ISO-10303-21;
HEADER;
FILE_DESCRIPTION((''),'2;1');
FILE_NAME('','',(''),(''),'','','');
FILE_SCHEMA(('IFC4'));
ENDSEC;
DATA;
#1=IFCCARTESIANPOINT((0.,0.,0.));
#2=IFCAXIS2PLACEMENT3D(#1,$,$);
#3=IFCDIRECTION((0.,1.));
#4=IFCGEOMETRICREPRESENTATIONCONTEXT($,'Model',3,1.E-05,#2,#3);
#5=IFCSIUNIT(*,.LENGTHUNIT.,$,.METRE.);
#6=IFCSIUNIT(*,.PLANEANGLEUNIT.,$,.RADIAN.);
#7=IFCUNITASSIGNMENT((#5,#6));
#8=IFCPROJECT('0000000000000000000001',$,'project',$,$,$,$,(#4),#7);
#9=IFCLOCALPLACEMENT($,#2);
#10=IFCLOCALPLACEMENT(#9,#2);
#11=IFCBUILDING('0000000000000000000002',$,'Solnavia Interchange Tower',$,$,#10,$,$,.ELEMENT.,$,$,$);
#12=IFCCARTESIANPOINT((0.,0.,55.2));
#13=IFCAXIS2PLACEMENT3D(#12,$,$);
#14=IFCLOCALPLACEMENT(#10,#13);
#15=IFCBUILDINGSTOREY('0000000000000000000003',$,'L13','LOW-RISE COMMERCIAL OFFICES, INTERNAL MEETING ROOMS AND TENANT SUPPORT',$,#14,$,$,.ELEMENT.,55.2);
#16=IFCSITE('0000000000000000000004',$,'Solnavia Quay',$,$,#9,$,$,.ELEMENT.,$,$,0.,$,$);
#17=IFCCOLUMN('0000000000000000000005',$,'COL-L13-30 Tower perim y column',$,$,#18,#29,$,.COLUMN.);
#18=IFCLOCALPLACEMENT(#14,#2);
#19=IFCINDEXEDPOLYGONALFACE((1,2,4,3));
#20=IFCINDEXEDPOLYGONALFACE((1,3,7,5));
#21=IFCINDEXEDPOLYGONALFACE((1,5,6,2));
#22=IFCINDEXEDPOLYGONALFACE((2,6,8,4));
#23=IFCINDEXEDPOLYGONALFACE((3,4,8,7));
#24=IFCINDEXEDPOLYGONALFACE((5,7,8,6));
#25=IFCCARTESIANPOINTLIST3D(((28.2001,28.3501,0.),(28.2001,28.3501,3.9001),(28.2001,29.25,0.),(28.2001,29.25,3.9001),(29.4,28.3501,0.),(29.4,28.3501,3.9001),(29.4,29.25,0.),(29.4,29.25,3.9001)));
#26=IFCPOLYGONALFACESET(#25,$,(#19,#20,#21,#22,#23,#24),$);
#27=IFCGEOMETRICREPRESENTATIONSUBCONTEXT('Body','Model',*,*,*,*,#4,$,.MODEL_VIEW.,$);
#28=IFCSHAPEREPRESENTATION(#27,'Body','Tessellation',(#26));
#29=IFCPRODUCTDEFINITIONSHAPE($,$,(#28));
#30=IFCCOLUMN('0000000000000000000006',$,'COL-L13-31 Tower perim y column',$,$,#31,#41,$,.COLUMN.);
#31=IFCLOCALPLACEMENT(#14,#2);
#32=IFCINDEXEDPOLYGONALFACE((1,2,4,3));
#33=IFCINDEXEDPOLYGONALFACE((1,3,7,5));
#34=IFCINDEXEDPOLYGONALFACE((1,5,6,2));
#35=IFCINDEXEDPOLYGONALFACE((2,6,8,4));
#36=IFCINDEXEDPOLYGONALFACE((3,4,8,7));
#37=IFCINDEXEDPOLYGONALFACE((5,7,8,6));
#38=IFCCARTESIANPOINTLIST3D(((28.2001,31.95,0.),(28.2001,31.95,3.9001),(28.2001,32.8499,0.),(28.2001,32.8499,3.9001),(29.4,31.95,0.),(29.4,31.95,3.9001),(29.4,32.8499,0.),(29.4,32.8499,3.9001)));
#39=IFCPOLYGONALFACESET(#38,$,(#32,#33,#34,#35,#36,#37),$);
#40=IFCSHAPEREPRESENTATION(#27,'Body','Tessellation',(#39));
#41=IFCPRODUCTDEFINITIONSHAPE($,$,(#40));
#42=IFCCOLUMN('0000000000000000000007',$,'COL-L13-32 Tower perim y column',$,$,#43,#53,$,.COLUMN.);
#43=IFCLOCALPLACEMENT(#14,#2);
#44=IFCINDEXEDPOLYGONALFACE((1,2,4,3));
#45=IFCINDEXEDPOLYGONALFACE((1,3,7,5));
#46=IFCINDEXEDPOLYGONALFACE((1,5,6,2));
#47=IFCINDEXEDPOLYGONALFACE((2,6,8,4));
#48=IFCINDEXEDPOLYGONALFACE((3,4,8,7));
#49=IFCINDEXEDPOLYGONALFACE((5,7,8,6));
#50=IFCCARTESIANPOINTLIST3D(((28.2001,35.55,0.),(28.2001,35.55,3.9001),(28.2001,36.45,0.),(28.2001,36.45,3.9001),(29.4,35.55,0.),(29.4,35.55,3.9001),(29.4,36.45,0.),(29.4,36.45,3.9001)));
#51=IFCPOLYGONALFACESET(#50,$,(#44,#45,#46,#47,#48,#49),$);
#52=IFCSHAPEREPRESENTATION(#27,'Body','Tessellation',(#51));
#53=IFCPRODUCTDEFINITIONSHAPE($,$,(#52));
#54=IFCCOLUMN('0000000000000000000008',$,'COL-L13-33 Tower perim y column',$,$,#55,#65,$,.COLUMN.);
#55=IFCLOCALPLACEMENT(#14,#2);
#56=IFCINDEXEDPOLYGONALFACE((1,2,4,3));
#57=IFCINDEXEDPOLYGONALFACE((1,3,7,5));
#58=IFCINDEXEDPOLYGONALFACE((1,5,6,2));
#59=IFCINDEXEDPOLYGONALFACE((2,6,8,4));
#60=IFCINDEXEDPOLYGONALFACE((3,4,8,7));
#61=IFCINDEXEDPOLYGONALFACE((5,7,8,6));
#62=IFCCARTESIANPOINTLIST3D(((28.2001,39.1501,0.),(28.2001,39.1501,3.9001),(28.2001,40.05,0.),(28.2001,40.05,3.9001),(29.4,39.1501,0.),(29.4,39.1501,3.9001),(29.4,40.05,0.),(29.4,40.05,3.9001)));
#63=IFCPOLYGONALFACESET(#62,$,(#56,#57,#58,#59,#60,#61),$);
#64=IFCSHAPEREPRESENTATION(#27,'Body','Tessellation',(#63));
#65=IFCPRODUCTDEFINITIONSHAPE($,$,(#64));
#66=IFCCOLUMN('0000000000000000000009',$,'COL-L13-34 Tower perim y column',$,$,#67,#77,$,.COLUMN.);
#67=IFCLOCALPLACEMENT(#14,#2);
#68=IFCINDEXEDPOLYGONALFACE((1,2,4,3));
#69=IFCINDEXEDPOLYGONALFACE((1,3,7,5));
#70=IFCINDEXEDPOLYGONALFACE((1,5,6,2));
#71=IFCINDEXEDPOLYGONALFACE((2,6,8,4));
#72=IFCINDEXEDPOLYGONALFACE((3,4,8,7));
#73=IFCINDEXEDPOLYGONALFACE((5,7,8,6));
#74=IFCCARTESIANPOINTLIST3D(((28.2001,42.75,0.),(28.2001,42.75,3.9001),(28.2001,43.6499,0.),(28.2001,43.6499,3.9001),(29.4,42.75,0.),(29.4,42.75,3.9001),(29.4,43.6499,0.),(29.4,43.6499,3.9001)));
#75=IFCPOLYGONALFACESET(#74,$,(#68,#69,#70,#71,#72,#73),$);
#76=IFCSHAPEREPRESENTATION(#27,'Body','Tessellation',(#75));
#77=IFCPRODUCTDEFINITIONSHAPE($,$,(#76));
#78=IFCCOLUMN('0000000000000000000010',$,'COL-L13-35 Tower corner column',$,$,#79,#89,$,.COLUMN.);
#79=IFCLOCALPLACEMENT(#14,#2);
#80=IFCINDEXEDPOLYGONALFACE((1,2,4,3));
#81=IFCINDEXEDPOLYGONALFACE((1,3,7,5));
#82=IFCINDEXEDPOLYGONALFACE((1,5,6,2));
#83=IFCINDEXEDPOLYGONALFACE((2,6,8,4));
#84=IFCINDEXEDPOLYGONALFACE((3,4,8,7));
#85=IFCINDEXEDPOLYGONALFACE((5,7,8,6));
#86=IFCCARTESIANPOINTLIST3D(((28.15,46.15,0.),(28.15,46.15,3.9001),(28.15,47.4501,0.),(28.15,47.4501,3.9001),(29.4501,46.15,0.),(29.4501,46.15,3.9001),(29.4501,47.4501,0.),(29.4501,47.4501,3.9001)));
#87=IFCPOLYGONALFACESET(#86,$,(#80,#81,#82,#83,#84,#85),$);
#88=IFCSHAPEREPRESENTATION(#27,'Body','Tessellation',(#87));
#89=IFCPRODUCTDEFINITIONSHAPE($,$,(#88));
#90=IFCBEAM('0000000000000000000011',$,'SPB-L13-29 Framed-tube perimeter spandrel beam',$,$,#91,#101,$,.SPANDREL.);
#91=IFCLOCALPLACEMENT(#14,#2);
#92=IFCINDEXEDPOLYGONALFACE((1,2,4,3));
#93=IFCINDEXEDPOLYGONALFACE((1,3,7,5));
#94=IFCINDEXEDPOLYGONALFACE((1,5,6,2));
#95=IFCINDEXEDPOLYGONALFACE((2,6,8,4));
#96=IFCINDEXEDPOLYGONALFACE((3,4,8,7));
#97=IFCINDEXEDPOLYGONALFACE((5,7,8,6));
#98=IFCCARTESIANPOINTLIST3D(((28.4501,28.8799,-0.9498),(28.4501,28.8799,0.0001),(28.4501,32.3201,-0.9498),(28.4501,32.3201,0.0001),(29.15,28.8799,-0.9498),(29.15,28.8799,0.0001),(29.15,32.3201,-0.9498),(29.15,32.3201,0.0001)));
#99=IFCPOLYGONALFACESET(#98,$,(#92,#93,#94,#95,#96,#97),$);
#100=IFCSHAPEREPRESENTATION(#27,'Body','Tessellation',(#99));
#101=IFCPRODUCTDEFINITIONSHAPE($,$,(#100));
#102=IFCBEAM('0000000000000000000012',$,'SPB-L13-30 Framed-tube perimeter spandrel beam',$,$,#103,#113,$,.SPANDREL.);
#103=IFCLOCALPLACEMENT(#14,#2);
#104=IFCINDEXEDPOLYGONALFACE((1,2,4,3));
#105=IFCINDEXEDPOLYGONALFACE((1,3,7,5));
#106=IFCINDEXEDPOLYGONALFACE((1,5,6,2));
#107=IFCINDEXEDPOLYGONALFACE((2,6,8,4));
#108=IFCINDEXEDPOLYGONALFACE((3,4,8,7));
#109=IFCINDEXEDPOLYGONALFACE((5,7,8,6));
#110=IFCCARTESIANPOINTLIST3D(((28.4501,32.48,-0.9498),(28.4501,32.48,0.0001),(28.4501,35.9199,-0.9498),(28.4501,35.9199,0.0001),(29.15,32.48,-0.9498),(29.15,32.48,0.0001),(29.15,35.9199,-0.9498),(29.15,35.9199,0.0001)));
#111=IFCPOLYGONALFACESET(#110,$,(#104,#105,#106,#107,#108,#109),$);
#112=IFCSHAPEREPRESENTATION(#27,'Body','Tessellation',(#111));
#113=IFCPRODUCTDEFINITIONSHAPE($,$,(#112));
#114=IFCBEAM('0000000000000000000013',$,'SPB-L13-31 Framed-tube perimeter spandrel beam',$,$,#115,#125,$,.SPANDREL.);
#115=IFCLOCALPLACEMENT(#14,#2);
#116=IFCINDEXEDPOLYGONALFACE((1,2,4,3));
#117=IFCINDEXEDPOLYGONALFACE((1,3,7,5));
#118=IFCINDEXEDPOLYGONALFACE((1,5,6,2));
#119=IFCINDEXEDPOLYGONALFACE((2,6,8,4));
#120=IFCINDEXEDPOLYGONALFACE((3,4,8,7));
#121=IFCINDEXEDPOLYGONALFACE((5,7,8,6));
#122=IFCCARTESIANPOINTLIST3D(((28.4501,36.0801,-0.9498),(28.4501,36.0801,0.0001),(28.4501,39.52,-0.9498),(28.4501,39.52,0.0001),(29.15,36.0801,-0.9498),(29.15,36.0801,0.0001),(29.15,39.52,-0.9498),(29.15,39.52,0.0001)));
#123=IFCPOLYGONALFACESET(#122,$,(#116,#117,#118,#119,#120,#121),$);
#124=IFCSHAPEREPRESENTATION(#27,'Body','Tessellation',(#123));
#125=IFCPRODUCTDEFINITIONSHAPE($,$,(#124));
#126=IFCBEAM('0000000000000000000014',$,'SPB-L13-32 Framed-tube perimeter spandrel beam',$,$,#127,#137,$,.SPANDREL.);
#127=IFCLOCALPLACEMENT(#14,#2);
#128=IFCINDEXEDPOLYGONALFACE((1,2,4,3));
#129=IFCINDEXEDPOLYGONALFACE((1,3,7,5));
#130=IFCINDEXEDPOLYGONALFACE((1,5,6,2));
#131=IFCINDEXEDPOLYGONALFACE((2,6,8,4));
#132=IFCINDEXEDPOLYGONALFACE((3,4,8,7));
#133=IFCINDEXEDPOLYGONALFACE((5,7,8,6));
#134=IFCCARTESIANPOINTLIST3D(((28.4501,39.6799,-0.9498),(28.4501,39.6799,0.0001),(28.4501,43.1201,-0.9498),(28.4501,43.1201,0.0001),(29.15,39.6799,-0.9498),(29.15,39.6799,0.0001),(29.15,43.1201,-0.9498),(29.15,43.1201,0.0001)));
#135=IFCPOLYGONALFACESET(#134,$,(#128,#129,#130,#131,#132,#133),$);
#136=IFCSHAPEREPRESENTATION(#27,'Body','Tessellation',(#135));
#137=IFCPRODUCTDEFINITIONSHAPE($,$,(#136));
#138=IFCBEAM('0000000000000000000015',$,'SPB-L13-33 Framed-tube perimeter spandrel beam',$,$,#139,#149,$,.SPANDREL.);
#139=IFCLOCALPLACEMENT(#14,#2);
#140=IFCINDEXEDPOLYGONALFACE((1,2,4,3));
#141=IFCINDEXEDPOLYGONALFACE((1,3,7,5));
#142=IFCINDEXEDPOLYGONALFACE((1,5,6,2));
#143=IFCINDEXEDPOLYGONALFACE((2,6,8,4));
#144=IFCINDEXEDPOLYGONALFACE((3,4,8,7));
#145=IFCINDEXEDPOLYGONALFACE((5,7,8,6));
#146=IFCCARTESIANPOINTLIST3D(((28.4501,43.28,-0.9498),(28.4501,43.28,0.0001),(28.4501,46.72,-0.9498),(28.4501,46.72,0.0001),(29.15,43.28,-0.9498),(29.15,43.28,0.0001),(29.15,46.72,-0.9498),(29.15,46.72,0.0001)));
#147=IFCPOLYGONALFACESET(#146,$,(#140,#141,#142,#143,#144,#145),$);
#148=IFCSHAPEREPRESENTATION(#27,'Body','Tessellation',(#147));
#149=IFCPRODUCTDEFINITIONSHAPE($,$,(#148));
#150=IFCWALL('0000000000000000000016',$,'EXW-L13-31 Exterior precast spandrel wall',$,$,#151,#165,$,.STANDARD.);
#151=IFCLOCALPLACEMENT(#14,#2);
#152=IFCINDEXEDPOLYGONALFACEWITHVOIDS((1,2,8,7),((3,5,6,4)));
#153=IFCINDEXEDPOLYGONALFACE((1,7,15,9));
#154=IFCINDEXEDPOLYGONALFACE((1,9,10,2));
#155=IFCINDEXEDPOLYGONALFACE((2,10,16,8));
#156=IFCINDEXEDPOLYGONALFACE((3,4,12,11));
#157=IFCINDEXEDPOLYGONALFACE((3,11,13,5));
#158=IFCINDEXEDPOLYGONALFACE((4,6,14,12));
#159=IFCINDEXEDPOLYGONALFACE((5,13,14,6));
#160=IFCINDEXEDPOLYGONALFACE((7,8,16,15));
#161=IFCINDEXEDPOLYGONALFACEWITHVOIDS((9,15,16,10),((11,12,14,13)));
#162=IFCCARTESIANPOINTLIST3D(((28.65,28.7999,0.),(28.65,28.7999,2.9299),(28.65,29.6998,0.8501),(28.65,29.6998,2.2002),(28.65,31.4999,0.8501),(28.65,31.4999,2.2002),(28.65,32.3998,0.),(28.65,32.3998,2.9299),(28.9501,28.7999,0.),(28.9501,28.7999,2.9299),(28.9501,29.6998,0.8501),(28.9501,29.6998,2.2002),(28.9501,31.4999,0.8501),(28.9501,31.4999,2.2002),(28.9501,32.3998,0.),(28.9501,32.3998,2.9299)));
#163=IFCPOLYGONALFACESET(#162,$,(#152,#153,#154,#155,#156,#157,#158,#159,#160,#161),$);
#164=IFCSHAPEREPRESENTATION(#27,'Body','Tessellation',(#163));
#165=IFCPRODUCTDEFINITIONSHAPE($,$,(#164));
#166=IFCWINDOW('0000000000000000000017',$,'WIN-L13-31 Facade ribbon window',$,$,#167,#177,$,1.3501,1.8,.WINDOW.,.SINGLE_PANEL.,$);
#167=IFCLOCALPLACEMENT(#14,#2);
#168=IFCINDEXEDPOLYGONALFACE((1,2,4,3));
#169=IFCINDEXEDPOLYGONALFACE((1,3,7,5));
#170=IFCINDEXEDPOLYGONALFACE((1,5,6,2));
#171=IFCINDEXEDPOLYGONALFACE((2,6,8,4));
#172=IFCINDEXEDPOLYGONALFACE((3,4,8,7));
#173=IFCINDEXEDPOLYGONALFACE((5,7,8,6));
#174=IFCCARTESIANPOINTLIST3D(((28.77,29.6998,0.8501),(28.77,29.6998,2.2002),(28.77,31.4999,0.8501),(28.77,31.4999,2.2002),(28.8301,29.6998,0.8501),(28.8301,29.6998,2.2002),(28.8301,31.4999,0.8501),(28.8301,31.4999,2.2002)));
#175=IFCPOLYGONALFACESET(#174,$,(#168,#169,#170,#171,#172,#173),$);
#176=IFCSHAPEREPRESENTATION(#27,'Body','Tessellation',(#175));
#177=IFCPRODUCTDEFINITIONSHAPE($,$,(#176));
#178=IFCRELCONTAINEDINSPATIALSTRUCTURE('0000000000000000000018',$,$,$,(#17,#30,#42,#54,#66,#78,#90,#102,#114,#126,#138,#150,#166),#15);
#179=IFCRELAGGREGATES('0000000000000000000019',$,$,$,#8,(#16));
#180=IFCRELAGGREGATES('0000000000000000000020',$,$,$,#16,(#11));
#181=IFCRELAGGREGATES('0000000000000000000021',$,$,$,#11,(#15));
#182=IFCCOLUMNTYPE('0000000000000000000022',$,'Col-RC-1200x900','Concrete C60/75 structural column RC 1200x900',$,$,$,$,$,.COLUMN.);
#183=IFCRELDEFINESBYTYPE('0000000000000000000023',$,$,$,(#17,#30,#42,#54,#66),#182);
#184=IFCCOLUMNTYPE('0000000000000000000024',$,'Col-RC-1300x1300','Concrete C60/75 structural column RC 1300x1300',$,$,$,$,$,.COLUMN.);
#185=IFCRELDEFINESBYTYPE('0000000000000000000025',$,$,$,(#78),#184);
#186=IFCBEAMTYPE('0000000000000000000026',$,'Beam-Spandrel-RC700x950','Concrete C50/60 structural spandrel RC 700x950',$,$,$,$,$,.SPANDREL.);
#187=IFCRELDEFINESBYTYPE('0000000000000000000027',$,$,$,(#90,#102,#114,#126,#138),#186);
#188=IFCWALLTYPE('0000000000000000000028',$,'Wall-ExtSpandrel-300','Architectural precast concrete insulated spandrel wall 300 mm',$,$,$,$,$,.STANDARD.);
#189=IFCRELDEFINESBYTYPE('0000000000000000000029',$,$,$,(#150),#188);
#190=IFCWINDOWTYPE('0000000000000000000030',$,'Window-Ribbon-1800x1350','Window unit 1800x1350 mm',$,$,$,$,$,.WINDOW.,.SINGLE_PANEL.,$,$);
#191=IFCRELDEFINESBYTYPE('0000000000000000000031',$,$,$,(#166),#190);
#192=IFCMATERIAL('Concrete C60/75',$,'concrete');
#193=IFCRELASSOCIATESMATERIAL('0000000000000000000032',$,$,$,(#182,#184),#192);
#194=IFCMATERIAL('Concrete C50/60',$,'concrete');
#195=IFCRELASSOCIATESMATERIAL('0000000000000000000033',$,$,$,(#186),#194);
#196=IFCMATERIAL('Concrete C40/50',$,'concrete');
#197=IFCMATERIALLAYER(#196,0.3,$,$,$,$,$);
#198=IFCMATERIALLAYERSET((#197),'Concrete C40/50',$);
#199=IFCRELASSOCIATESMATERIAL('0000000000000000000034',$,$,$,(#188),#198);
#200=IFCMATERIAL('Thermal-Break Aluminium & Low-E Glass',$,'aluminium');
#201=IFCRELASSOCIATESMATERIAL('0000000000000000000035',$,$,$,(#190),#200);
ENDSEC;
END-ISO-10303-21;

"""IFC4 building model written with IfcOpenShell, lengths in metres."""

from ifc_helpers import new_model, si_unit, direction, frame, frame_2d, origin, origin_2d, place, context, subcontext, project, spatial, rectangle, extrude, material, layer, layer_set, material_profile, profile_set, type_object, element, fill, save


model = new_model("IFC4")

# Units and contexts
model_context = context("Model", 3, precision=1e-05, world=origin(), true_north=direction((0.0, 1.0)))
body_context = subcontext(model_context, "Body", "Model", "MODEL_VIEW")
ifc_project = project(units=[si_unit("LENGTHUNIT", "METRE"), si_unit("PLANEANGLEUNIT", "RADIAN")], contexts=[model_context])

# Site, building, storey
site_placement = place(None, origin())
site = spatial("IfcSite", under=ifc_project, at=site_placement, Name="Solnavia Quay", CompositionType="ELEMENT", RefElevation=0.0)
building_placement = place(site_placement, origin())
building = spatial("IfcBuilding", under=site, at=building_placement, Name="Solnavia Interchange Tower", CompositionType="ELEMENT")
storey_placement = place(building_placement, frame((0.0, 0.0, 55.2)))
storey = spatial("IfcBuildingStorey", under=building, at=storey_placement, Name="L13", Description="LOW-RISE COMMERCIAL OFFICES, INTERNAL MEETING ROOMS AND TENANT SUPPORT", CompositionType="ELEMENT", Elevation=55.2)

# Columns
ifc_material_1 = material(Name="Concrete C60/75", Category="concrete")
ifc_material_profile_1 = material_profile(ifc_material_1, rectangle(XDim=0.8999, YDim=1.2, at=origin_2d()), Name="RC 1200x900")
ifc_profile_set_1 = profile_set([ifc_material_profile_1], Name="Concrete C60/75")
column_type_1 = type_object("IfcColumnType", Name="Col-RC-1200x900", Description="Concrete C60/75 structural column RC 1200x900", PredefinedType="COLUMN", material=ifc_profile_set_1)
for number, where, z_axis, x_axis, name in (
    (1, (28.8, 28.8, 0.0), (0.0, 0.0, 1.0), (0.0, 1.0, 0.0), "COL-L13-30 Tower perim y column"),
    (2, (28.8, 32.3999, 0.0), (0.0, 0.0, 1.0), (0.0, 1.0, 0.0), "COL-L13-31 Tower perim y column"),
    (3, (28.8, 36.0, 0.0), (0.0, 0.0, 1.0), (0.0, 1.0, 0.0), "COL-L13-32 Tower perim y column"),
    (4, (28.8, 39.6001, 0.0), (0.0, 0.0, 1.0), (0.0, 1.0, 0.0), "COL-L13-33 Tower perim y column"),
    (5, (28.8, 43.2, 0.0), (0.0, 0.0, 1.0), (0.0, 1.0, 0.0), "COL-L13-34 Tower perim y column"),
):
    element("IfcColumn", number, at=place(storey_placement, frame(where, z_axis=z_axis, x_axis=x_axis)), inside=storey, type_object=column_type_1, Name=name, PredefinedType="COLUMN", context=body_context, shape_type="SweptSolid", body=[
        extrude(rectangle(XDim=0.8999, YDim=1.2, at=origin_2d()), origin(), (0.0, 0.0, 1.0), 3.9001),
    ])
ifc_material_profile_2 = material_profile(ifc_material_1, rectangle(XDim=1.3, YDim=1.3, at=origin_2d()), Name="RC 1300x1300")
ifc_profile_set_2 = profile_set([ifc_material_profile_2], Name="Concrete C60/75")
column_type_2 = type_object("IfcColumnType", Name="Col-RC-1300x1300", Description="Concrete C60/75 structural column RC 1300x1300", PredefinedType="COLUMN", material=ifc_profile_set_2)
column_placement = place(storey_placement, frame((28.8, 46.8, 0.0), z_axis=(0.0, 0.0, 1.0), x_axis=(0.0, 1.0, 0.0)))
element("IfcColumn", 6, at=column_placement, inside=storey, type_object=column_type_2, Name="COL-L13-35 Tower corner column", PredefinedType="COLUMN", context=body_context, shape_type="SweptSolid", body=[
    extrude(rectangle(XDim=1.3, YDim=1.3, at=origin_2d()), origin(), (0.0, 0.0, 1.0), 3.9001),
])

# Beams
ifc_material_2 = material(Name="Concrete C50/60", Category="concrete")
ifc_material_profile_3 = material_profile(ifc_material_2, rectangle(XDim=0.7, YDim=0.95, at=origin_2d()), Name="RC 700x950")
ifc_profile_set_3 = profile_set([ifc_material_profile_3], Name="Concrete C50/60")
beam_type = type_object("IfcBeamType", Name="Beam-Spandrel-RC700x950", Description="Concrete C50/60 structural spandrel RC 700x950", PredefinedType="SPANDREL", material=ifc_profile_set_3)
beam_1_placement = place(storey_placement, frame((28.8, 28.8799, -0.4749), z_axis=(0.0, 1.0, 0.0), x_axis=(-1.0, 0.0, 0.0)))
element("IfcBeam", 7, at=beam_1_placement, inside=storey, type_object=beam_type, Name="SPB-L13-29 Framed-tube perimeter spandrel beam", PredefinedType="SPANDREL", context=body_context, shape_type="SweptSolid", body=[
    extrude(rectangle(XDim=0.7, YDim=0.95, at=origin_2d()), origin(), (0.0, 0.0, 1.0), 3.4402),
])
for number, where, z_axis, x_axis, name in (
    (8, (28.8, 32.48, -0.4749), (0.0, 1.0, 0.0), (-1.0, 0.0, 0.0), "SPB-L13-30 Framed-tube perimeter spandrel beam"),
    (9, (28.8, 36.0801, -0.4749), (0.0, 1.0, 0.0), (-1.0, 0.0, 0.0), "SPB-L13-31 Framed-tube perimeter spandrel beam"),
):
    element("IfcBeam", number, at=place(storey_placement, frame(where, z_axis=z_axis, x_axis=x_axis)), inside=storey, type_object=beam_type, Name=name, PredefinedType="SPANDREL", context=body_context, shape_type="SweptSolid", body=[
        extrude(rectangle(XDim=0.7, YDim=0.95, at=origin_2d()), origin(), (0.0, 0.0, 1.0), 3.4399),
    ])
beam_2_placement = place(storey_placement, frame((28.8, 39.6799, -0.4749), z_axis=(0.0, 1.0, 0.0), x_axis=(-1.0, 0.0, 0.0)))
element("IfcBeam", 10, at=beam_2_placement, inside=storey, type_object=beam_type, Name="SPB-L13-32 Framed-tube perimeter spandrel beam", PredefinedType="SPANDREL", context=body_context, shape_type="SweptSolid", body=[
    extrude(rectangle(XDim=0.7, YDim=0.95, at=origin_2d()), origin(), (0.0, 0.0, 1.0), 3.4402),
])
beam_3_placement = place(storey_placement, frame((28.8, 43.28, -0.4749), z_axis=(0.0, 1.0, 0.0), x_axis=(-1.0, 0.0, 0.0)))
element("IfcBeam", 11, at=beam_3_placement, inside=storey, type_object=beam_type, Name="SPB-L13-33 Framed-tube perimeter spandrel beam", PredefinedType="SPANDREL", context=body_context, shape_type="SweptSolid", body=[
    extrude(rectangle(XDim=0.7, YDim=0.95, at=origin_2d()), origin(), (0.0, 0.0, 1.0), 3.4399),
])

# Wall, opening, window
ifc_material_3 = material(Name="Concrete C40/50", Category="concrete")
ifc_layer_1 = layer(ifc_material_3, 0.3)
ifc_layer_set_1 = layer_set([ifc_layer_1], Name="Concrete C40/50")
wall_type = type_object("IfcWallType", Name="Wall-ExtSpandrel-300", Description="Architectural precast concrete insulated spandrel wall 300 mm", PredefinedType="STANDARD", material=ifc_layer_set_1)
wall_1_placement = place(storey_placement, frame((28.8, 28.8, 0.0), z_axis=(0.0, 0.0, 1.0), x_axis=(0.0, 1.0, 0.0)))
wall_1 = element("IfcWall", 12, at=wall_1_placement, inside=storey, type_object=wall_type, Name="EXW-L13-31 Exterior precast spandrel wall", PredefinedType="STANDARD", context=body_context, shape_type="SweptSolid", body=[
    extrude(rectangle(XDim=3.5999, YDim=0.3, at=frame_2d((1.7998, 0.0))), origin(), (0.0, 0.0, 1.0), 2.9299),
])
opening_1_placement = place(wall_1_placement, frame((0.8999, 0.0, 0.8501)))
opening_1 = element("IfcOpeningElement", 13, at=opening_1_placement, cuts=wall_1, PredefinedType="OPENING", context=body_context, shape_type="SweptSolid", body=[
    extrude(rectangle(XDim=1.8, YDim=1.3501, at=frame_2d((0.8999, 0.675))), frame((0.0, 0.1602, 0.0), z_axis=(0.0, -1.0, 0.0), x_axis=(1.0, 0.0, 0.0)), (0.0, 0.0, 1.0), 0.3201),
])
ifc_material_4 = material(Name="Thermal-Break Aluminium & Low-E Glass", Category="aluminium")
window_type = type_object("IfcWindowType", Name="Window-Ribbon-1800x1350", Description="Window unit 1800x1350 mm", PartitioningType="SINGLE_PANEL", PredefinedType="WINDOW", material=ifc_material_4)
window_1_placement = place(opening_1_placement, origin())
window_1 = element("IfcWindow", 14, at=window_1_placement, inside=storey, type_object=window_type, Name="WIN-L13-31 Facade ribbon window", OverallHeight=1.3501, OverallWidth=1.8, PartitioningType="SINGLE_PANEL", PredefinedType="WINDOW", context=body_context, shape_type="SweptSolid", body=[
    extrude(rectangle(XDim=1.8, YDim=1.3501, at=frame_2d((0.8999, 0.675))), frame((0.0, 0.03, 0.0), z_axis=(0.0, -1.0, 0.0), x_axis=(1.0, 0.0, 0.0)), (0.0, 0.0, 1.0), 0.0601),
])
fill(opening_1, window_1)

save(model, "model.ifc")
